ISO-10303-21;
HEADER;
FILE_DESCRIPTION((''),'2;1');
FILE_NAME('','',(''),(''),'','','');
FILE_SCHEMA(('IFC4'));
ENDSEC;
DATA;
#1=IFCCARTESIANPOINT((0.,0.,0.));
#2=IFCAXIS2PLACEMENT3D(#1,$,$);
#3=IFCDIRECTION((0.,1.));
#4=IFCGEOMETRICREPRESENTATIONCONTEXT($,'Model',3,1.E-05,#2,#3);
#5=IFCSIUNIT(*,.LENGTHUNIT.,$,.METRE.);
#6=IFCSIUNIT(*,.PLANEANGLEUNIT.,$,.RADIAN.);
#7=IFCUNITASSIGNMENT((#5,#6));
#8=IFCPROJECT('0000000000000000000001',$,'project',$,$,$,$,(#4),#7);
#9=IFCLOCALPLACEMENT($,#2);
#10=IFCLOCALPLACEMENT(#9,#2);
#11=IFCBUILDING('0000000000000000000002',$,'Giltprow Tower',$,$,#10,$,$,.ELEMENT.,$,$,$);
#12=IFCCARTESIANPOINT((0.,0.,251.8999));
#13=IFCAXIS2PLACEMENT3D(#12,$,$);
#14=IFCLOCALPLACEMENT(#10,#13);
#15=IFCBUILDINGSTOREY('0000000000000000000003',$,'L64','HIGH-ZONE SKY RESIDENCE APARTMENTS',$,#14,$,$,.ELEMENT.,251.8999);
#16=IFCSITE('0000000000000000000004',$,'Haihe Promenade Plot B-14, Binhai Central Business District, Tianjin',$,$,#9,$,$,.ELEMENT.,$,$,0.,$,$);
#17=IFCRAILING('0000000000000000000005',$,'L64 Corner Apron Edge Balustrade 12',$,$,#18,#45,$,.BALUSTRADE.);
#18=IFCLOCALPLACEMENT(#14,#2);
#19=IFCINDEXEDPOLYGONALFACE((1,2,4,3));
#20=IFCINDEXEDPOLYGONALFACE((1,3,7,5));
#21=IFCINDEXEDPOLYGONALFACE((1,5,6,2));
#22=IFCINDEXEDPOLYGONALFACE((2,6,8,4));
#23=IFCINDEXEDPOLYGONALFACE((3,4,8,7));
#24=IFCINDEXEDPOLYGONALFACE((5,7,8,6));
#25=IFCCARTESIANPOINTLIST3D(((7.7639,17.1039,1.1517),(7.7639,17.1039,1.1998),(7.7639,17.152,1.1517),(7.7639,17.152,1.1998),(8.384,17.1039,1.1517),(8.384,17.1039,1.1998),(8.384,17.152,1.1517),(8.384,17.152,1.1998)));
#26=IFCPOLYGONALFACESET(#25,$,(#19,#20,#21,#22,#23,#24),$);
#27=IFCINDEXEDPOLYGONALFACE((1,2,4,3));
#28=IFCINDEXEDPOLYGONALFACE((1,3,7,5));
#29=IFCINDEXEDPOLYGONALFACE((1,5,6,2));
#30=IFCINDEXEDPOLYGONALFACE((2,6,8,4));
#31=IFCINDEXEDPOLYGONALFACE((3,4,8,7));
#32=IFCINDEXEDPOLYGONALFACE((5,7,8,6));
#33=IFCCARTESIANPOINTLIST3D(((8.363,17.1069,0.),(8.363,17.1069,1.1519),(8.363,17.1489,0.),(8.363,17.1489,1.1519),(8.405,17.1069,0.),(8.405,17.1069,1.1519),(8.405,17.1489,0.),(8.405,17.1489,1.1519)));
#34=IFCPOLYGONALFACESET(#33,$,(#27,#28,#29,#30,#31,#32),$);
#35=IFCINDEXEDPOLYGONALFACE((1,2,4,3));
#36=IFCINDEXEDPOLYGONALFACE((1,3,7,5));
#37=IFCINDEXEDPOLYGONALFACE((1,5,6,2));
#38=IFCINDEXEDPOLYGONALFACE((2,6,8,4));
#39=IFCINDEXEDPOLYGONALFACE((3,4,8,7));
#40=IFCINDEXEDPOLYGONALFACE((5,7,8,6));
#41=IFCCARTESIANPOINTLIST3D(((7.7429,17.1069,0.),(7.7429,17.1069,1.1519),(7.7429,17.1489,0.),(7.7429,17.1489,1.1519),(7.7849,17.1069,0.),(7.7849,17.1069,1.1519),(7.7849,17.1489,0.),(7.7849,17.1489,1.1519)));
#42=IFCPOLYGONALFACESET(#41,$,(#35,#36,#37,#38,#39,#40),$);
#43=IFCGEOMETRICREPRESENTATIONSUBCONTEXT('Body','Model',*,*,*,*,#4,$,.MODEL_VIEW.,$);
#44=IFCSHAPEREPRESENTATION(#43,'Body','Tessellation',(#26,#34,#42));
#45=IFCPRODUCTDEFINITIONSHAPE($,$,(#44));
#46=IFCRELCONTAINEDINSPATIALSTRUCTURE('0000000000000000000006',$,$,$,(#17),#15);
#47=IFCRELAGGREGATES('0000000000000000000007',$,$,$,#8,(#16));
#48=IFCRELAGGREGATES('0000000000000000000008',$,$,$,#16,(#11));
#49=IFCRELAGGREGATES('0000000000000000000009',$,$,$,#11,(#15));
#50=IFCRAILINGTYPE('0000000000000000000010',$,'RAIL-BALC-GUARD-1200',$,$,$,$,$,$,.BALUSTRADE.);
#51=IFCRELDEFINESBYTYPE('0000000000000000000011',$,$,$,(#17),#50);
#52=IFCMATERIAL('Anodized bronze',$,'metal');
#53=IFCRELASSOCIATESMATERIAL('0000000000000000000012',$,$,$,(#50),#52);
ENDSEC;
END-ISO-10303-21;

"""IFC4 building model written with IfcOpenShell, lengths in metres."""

from ifc_helpers import new_model, si_unit, direction, frame, origin, origin_2d, place, context, subcontext, project, spatial, rectangle, extrude, material, type_object, element, save


model = new_model("IFC4")

# Units and contexts
model_context = context("Model", 3, precision=1e-05, world=origin(), true_north=direction((0.0, 1.0)))
body_context = subcontext(model_context, "Body", "Model", "MODEL_VIEW")
ifc_project = project(units=[si_unit("LENGTHUNIT", "METRE"), si_unit("PLANEANGLEUNIT", "RADIAN")], contexts=[model_context])

# Site, building, storey
site_placement = place(None, origin())
site = spatial("IfcSite", under=ifc_project, at=site_placement, Name="Haihe Promenade Plot B-14, Binhai Central Business District, Tianjin", CompositionType="ELEMENT", RefElevation=0.0)
building_placement = place(site_placement, origin())
building = spatial("IfcBuilding", under=site, at=building_placement, Name="Giltprow Tower", CompositionType="ELEMENT")
storey_placement = place(building_placement, frame((0.0, 0.0, 251.8999)))
storey = spatial("IfcBuildingStorey", under=building, at=storey_placement, Name="L64", Description="HIGH-ZONE SKY RESIDENCE APARTMENTS", CompositionType="ELEMENT", Elevation=251.8999)

# Shared definitions
ifc_material_1 = material(Name="Anodized bronze", Category="metal")

# Railing
railing_type = type_object("IfcRailingType", Name="RAIL-BALC-GUARD-1200", PredefinedType="BALUSTRADE", material=ifc_material_1)
railing_1_placement = place(storey_placement, frame((8.384, 17.1279, 0.0)))
element("IfcRailing", 1, at=railing_1_placement, inside=storey, type_object=railing_type, Name="L64 Corner Apron Edge Balustrade 12", PredefinedType="BALUSTRADE", context=body_context, shape_type="SweptSolid", body=[
    extrude(rectangle(XDim=0.0481, YDim=0.0481, at=origin_2d()), frame((0.0, 0.0, 1.1758), z_axis=(-1.0, 0.0, 0.0), x_axis=(0.0, -1.0, 0.0)), (0.0, 0.0, 1.0), 0.6201),
    extrude(rectangle(XDim=0.042, YDim=0.042, at=origin_2d()), origin(), (0.0, 0.0, 1.0), 1.1519),
    extrude(rectangle(XDim=0.042, YDim=0.042, at=origin_2d()), frame((-0.6201, 0.0, 0.0)), (0.0, 0.0, 1.0), 1.1519),
])

save(model, "model.ifc")
